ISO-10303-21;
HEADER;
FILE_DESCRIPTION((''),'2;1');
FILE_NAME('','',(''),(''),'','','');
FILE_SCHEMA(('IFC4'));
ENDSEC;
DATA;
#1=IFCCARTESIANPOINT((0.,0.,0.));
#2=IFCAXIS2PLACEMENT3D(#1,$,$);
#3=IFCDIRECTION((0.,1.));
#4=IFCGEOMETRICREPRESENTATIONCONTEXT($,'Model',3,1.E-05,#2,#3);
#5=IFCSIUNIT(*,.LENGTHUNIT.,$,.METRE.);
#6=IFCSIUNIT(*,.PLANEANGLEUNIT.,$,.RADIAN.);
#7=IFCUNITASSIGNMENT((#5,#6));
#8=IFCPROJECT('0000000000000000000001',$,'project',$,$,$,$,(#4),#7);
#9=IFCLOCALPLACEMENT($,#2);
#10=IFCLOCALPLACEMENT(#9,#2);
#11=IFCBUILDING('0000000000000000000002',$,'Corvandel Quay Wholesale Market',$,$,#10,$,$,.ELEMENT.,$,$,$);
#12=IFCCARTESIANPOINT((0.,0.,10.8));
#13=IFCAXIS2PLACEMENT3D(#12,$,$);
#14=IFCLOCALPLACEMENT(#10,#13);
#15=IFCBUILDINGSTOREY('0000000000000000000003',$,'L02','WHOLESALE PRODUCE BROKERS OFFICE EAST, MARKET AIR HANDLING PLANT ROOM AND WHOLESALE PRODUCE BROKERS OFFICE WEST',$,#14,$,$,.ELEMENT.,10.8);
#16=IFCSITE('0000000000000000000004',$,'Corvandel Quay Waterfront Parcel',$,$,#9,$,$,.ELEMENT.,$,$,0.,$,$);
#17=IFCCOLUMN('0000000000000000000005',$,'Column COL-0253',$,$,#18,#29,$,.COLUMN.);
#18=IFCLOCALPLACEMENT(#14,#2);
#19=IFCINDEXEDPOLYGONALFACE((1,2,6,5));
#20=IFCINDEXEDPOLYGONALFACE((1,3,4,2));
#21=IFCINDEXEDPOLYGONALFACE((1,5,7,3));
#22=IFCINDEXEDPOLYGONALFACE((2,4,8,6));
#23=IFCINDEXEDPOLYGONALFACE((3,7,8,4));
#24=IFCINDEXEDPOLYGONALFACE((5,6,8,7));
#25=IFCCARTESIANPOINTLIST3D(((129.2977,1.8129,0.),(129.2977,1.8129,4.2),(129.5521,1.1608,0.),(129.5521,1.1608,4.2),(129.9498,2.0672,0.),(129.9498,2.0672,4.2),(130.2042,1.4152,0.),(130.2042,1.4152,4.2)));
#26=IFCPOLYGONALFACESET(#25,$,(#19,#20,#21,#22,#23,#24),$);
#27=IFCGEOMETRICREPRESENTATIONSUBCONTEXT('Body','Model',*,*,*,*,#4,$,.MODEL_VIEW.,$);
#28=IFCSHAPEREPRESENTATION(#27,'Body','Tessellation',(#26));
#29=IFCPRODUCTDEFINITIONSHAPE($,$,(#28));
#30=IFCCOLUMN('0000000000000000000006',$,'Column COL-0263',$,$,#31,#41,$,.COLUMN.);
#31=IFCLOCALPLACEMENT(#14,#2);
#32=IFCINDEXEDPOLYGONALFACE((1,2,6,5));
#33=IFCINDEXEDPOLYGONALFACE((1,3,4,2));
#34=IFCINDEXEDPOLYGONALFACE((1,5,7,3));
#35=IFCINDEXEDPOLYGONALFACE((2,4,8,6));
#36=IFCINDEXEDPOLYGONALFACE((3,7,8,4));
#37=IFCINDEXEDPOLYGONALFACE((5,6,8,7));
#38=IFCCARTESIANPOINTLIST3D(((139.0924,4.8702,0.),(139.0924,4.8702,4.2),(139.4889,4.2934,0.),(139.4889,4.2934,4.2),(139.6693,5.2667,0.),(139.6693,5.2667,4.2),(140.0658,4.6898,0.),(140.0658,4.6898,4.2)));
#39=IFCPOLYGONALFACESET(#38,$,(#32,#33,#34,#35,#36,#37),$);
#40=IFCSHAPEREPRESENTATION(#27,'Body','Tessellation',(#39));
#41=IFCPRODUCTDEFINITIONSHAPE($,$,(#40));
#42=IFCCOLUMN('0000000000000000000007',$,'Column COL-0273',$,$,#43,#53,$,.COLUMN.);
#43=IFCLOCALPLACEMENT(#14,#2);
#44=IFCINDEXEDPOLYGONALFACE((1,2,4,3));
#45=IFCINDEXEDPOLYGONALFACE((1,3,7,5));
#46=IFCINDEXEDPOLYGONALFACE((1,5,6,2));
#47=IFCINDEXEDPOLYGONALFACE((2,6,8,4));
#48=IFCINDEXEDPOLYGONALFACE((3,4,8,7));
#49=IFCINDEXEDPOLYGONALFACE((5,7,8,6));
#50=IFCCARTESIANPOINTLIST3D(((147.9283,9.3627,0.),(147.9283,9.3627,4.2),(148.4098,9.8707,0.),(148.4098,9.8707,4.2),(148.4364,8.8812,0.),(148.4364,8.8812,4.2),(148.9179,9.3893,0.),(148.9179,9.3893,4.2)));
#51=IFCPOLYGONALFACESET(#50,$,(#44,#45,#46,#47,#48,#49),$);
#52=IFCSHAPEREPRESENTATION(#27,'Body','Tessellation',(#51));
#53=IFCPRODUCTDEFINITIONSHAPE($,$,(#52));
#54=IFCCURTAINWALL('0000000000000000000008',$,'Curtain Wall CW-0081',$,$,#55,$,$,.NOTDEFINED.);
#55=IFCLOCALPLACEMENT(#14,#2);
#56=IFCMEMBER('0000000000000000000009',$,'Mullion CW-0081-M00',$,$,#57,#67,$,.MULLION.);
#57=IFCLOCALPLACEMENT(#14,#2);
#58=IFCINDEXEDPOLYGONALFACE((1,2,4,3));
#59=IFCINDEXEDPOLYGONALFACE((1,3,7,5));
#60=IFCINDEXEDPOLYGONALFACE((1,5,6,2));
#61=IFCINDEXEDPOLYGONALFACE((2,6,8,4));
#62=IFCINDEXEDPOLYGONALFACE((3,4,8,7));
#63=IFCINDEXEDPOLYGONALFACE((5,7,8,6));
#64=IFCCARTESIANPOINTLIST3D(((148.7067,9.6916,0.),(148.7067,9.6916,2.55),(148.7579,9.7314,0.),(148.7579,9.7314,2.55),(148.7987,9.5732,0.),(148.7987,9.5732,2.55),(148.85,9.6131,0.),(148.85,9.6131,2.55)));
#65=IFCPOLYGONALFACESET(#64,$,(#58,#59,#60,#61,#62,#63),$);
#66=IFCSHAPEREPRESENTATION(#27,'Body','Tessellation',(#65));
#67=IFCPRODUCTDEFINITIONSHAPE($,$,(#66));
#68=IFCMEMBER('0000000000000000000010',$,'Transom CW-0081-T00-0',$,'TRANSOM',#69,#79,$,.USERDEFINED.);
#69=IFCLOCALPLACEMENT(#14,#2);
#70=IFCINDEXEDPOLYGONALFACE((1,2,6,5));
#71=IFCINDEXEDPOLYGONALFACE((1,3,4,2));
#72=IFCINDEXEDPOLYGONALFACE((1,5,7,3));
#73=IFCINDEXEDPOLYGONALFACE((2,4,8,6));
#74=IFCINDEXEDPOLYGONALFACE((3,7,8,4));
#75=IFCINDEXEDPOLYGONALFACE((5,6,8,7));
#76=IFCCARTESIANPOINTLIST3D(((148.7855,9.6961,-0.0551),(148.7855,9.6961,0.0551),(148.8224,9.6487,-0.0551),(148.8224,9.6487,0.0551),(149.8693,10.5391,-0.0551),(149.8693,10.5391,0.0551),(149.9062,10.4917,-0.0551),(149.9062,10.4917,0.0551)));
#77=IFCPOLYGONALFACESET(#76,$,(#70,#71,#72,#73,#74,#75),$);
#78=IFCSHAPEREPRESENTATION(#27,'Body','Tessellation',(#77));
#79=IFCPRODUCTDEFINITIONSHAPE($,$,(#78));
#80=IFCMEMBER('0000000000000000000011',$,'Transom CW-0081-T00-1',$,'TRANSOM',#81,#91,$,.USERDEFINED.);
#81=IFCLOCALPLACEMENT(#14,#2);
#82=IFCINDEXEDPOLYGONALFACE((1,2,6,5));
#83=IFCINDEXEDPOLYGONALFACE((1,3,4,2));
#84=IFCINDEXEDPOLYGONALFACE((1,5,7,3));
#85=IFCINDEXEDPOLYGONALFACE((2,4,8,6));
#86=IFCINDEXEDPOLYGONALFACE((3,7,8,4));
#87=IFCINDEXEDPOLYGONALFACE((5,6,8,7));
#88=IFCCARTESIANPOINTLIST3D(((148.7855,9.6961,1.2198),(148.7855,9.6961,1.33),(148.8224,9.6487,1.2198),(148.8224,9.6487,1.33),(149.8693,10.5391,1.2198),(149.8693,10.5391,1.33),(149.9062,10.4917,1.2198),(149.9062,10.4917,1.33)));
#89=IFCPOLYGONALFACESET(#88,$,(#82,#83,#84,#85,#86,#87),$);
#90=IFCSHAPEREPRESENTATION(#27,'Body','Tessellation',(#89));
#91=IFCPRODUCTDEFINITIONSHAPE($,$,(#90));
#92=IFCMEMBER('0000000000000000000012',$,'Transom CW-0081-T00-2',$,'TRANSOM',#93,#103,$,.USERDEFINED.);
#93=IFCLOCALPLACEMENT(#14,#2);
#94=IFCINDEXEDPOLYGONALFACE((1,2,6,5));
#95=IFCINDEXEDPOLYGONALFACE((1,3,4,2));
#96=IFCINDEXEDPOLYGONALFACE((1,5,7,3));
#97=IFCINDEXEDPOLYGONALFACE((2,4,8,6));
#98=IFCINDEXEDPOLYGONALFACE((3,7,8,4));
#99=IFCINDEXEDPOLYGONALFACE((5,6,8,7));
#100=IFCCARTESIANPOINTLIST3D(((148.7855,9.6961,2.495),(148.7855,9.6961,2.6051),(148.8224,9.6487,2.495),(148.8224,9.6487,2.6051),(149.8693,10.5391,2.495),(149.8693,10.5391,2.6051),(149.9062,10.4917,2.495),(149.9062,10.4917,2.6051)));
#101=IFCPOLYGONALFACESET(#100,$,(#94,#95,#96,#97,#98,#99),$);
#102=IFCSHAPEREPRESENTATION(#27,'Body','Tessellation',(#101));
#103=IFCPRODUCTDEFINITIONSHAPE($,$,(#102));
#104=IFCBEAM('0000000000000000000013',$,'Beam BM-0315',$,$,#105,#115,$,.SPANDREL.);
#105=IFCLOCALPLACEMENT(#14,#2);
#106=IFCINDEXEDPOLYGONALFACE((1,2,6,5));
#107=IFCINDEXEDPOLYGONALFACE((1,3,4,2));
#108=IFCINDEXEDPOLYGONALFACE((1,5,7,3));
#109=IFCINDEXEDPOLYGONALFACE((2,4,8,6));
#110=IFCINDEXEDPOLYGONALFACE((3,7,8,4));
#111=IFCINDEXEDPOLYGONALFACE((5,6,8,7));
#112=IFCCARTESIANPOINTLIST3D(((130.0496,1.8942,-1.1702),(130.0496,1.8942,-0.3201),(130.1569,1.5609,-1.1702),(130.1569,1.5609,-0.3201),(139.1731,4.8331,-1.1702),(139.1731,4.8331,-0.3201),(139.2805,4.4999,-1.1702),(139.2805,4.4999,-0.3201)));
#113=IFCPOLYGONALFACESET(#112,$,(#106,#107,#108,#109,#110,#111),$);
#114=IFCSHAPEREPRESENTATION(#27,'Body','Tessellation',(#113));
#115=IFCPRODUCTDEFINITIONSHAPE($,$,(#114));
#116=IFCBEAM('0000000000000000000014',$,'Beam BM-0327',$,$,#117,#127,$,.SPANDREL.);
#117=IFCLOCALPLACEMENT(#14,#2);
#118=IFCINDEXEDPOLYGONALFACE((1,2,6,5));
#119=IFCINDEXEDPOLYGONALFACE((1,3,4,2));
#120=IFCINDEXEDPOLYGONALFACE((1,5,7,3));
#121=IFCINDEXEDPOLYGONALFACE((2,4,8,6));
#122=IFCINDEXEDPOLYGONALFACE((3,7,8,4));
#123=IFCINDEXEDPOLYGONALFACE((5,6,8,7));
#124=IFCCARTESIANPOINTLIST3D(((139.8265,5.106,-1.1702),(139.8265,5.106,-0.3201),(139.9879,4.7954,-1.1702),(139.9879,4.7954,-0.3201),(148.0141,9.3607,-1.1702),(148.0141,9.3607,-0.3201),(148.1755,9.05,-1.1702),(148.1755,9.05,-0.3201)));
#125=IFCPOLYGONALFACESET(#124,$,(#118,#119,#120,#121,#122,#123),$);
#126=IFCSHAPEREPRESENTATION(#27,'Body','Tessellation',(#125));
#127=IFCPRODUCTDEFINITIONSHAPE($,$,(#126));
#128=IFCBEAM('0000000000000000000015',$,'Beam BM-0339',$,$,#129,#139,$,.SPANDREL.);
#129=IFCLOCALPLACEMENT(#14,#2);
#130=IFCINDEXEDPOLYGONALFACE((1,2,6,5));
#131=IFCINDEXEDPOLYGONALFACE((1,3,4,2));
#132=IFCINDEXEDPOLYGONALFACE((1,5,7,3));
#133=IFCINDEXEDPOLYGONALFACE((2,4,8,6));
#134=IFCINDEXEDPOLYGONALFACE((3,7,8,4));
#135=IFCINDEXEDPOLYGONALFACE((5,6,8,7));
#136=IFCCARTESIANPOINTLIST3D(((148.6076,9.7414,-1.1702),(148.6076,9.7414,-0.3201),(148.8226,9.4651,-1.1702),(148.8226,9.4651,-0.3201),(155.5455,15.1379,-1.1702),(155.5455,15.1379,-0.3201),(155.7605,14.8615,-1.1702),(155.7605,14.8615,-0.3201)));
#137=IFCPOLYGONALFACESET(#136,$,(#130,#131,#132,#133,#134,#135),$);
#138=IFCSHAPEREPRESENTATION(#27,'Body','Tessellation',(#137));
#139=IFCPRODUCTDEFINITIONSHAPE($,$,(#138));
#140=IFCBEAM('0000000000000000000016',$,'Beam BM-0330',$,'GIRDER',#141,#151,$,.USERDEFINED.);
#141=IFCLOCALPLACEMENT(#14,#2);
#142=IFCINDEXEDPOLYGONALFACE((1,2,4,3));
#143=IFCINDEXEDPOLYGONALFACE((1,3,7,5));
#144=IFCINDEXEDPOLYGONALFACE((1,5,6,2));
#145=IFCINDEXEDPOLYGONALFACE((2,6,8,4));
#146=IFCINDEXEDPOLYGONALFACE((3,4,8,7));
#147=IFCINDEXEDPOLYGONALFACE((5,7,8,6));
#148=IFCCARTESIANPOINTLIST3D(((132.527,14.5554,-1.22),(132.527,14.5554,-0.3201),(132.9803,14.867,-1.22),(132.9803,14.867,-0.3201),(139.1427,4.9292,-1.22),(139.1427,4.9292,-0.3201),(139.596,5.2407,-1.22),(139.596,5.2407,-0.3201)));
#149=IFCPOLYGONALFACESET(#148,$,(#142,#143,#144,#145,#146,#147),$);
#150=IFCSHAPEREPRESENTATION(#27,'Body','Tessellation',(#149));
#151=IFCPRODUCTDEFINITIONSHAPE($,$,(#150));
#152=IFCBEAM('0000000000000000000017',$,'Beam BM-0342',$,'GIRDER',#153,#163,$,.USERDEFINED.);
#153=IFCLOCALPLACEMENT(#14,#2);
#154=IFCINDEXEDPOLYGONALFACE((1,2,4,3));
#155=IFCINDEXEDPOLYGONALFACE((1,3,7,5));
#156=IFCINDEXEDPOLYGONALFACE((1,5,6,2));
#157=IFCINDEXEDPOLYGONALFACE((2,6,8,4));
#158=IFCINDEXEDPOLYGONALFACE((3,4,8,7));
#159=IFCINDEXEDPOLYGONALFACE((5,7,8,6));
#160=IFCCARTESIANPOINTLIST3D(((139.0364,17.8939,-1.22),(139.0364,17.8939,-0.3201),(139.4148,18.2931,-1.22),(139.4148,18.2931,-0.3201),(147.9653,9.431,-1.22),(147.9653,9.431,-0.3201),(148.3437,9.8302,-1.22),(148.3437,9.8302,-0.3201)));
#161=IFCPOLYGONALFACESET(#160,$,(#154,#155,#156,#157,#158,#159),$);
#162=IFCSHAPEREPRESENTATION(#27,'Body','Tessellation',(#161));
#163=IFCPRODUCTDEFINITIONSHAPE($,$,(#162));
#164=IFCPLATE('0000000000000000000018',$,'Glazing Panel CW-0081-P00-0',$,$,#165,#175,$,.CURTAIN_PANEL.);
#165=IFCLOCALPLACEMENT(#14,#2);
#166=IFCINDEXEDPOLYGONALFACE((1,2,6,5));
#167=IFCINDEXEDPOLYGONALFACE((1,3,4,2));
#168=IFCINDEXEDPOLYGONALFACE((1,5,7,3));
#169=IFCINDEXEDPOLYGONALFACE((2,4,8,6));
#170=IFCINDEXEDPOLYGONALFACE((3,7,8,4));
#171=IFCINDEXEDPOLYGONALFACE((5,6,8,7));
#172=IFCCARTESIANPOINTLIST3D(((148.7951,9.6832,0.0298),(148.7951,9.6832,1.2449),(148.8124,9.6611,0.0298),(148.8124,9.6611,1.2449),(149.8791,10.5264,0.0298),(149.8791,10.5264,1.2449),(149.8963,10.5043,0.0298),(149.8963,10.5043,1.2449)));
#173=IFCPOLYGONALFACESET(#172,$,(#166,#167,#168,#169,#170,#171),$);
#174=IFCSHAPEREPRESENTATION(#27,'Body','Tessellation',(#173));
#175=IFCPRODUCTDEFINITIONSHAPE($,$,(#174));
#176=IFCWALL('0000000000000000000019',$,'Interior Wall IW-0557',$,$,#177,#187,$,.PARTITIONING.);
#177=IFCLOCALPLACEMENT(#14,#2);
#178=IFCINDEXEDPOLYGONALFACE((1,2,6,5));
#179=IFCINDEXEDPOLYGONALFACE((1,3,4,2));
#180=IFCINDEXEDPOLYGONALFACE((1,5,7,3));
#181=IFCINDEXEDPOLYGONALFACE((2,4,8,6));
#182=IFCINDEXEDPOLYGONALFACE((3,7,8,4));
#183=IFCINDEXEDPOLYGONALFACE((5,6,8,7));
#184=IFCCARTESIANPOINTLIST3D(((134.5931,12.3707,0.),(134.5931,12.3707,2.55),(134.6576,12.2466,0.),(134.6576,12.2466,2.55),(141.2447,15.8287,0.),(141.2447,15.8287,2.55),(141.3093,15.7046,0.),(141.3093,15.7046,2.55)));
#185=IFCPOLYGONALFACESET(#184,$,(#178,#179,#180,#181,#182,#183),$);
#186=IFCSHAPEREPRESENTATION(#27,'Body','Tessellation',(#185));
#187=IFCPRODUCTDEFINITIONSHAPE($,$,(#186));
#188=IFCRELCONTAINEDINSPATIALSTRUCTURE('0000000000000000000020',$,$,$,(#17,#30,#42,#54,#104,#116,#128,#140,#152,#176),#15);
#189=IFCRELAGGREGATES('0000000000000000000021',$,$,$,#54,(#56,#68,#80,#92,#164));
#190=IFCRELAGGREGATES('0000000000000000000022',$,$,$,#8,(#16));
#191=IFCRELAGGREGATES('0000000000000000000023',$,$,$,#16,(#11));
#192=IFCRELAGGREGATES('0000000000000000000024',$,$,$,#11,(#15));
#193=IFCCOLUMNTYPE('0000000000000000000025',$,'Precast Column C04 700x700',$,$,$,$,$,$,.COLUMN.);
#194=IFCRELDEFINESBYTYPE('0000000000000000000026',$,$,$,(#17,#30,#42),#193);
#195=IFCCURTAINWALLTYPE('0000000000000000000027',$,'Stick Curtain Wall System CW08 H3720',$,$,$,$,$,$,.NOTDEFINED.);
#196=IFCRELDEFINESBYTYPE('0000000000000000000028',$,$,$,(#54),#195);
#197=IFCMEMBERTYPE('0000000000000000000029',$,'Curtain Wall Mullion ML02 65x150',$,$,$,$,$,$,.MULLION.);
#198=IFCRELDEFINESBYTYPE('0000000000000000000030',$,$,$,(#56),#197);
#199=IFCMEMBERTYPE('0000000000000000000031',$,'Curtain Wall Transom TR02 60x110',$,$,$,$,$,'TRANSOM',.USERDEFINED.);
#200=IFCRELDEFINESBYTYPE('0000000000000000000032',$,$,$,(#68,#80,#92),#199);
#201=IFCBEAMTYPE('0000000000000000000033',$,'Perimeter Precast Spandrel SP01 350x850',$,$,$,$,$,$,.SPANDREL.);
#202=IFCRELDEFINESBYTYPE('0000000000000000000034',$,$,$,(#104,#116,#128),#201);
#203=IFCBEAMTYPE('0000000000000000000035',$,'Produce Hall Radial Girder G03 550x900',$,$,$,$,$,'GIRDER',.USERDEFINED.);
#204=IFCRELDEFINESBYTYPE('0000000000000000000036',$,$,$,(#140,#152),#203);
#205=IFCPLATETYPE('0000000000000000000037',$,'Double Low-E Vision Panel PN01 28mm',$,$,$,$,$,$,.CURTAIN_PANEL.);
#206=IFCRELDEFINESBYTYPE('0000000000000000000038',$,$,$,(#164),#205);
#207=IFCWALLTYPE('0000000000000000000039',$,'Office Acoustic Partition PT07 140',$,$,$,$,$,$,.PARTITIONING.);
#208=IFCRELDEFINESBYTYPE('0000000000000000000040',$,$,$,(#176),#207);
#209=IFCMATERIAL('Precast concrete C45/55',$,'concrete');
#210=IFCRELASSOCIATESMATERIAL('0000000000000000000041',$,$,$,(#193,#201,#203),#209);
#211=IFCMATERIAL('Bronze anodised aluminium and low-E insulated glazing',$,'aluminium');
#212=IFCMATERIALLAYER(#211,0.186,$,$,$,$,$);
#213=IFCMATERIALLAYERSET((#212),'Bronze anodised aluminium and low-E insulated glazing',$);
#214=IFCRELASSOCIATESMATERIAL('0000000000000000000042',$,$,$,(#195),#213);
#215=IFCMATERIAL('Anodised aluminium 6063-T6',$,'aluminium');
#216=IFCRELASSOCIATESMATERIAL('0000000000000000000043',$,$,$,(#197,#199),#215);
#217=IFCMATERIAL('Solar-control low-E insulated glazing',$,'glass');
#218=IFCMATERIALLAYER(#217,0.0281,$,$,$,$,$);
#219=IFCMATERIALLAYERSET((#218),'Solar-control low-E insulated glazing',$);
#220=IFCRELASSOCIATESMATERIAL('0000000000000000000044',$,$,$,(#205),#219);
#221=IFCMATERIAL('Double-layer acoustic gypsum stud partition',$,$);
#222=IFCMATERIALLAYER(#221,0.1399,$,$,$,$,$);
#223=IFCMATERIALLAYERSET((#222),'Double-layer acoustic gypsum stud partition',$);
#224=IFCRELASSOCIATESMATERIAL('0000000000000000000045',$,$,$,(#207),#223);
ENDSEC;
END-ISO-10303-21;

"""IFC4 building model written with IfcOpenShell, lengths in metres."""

from ifc_helpers import new_model, si_unit, direction, frame, frame_2d, origin, origin_2d, place, context, subcontext, project, spatial, rectangle, extrude, material, layer, layer_set, material_profile, profile_set, type_object, element, aggregate, save


model = new_model("IFC4")

# Units and contexts
model_context = context("Model", 3, precision=1e-05, world=origin(), true_north=direction((0.0, 1.0)))
body_context = subcontext(model_context, "Body", "Model", "MODEL_VIEW")
ifc_project = project(units=[si_unit("LENGTHUNIT", "METRE"), si_unit("PLANEANGLEUNIT", "RADIAN")], contexts=[model_context])

# Site, building, storey
site_placement = place(None, origin())
site = spatial("IfcSite", under=ifc_project, at=site_placement, Name="Corvandel Quay Waterfront Parcel", CompositionType="ELEMENT", RefElevation=0.0)
building_placement = place(site_placement, origin())
building = spatial("IfcBuilding", under=site, at=building_placement, Name="Corvandel Quay Wholesale Market", CompositionType="ELEMENT")
storey_placement = place(building_placement, frame((0.0, 0.0, 10.8)))
storey = spatial("IfcBuildingStorey", under=building, at=storey_placement, Name="L02", Description="WHOLESALE PRODUCE BROKERS OFFICE EAST, MARKET AIR HANDLING PLANT ROOM AND WHOLESALE PRODUCE BROKERS OFFICE WEST", CompositionType="ELEMENT", Elevation=10.8)

# Columns
ifc_material_1 = material(Name="Precast concrete C45/55", Category="concrete")
ifc_material_profile_1 = material_profile(ifc_material_1, rectangle(XDim=0.7, YDim=0.7, at=origin_2d()), Name="PC-COL-700x700")
ifc_profile_set_1 = profile_set([ifc_material_profile_1], Name="Precast concrete C45/55")
column_type = type_object("IfcColumnType", Name="Precast Column C04 700x700", PredefinedType="COLUMN", material=ifc_profile_set_1)
for number, where, z_axis, x_axis, name in (
    (1, (129.751, 1.614, 0.0), (0.0, 0.0, 1.0), (0.931628, 0.363414, 0.0), "Column COL-0253"),
    (2, (139.5791, 4.78, 0.0), (0.0, 0.0, 1.0), (0.824126, 0.566406, 0.0), "Column COL-0263"),
    (3, (148.4231, 9.376, 0.0), (0.0, 0.0, 1.0), (0.687848, 0.725855, 0.0), "Column COL-0273"),
):
    element("IfcColumn", number, at=place(storey_placement, frame(where, z_axis=z_axis, x_axis=x_axis)), inside=storey, type_object=column_type, Name=name, PredefinedType="COLUMN", context=body_context, shape_type="SweptSolid", body=[
        extrude(rectangle(XDim=0.7, YDim=0.7, at=origin_2d()), origin(), (0.0, 0.0, 1.0), 4.2),
    ])

# Curtain wall, members
ifc_material_2 = material(Name="Bronze anodised aluminium and low-E insulated glazing", Category="aluminium")
ifc_layer_1 = layer(ifc_material_2, 0.186)
ifc_layer_set_1 = layer_set([ifc_layer_1], Name="Bronze anodised aluminium and low-E insulated glazing")
curtain_wall_type = type_object("IfcCurtainWallType", Name="Stick Curtain Wall System CW08 H3720", PredefinedType="NOTDEFINED", material=ifc_layer_set_1)
curtain_wall_placement = place(storey_placement, origin())
curtain_wall = element("IfcCurtainWall", 4, at=curtain_wall_placement, inside=storey, type_object=curtain_wall_type, Name="Curtain Wall CW-0081", PredefinedType="NOTDEFINED")
ifc_material_3 = material(Name="Anodised aluminium 6063-T6", Category="aluminium")
ifc_material_profile_2 = material_profile(ifc_material_3, rectangle(XDim=0.0649, YDim=0.1499, at=origin_2d()), Name="ALU-MUL-65x150")
ifc_profile_set_2 = profile_set([ifc_material_profile_2], Name="Anodised aluminium 6063-T6")
member_type_1 = type_object("IfcMemberType", Name="Curtain Wall Mullion ML02 65x150", PredefinedType="MULLION", material=ifc_profile_set_2)
member_1_placement = place(storey_placement, frame((148.7783, 9.6523, 0.0), z_axis=(0.0, 0.0, 1.0), x_axis=(0.789298, 0.61401, 0.0)))
member_1 = element("IfcMember", 5, at=member_1_placement, type_object=member_type_1, Name="Mullion CW-0081-M00", PredefinedType="MULLION", context=body_context, shape_type="SweptSolid", body=[
    extrude(rectangle(XDim=0.0649, YDim=0.1499, at=origin_2d()), origin(), (0.0, 0.0, 1.0), 2.55),
])
ifc_material_profile_3 = material_profile(ifc_material_3, rectangle(XDim=0.0601, YDim=0.1101, at=origin_2d()), Name="ALU-TRN-60x110")
ifc_profile_set_3 = profile_set([ifc_material_profile_3], Name="Anodised aluminium 6063-T6")
member_type_2 = type_object("IfcMemberType", Name="Curtain Wall Transom TR02 60x110", ElementType="TRANSOM", PredefinedType="USERDEFINED", material=ifc_profile_set_3)
member_2_placement = place(storey_placement, frame((148.804, 9.6724, 0.0), z_axis=(0.789314, 0.61399, 0.0), x_axis=(-0.61399, 0.789314, 0.0)))
member_2 = element("IfcMember", 6, at=member_2_placement, type_object=member_type_2, Name="Transom CW-0081-T00-0", ObjectType="TRANSOM", PredefinedType="USERDEFINED", context=body_context, shape_type="SweptSolid", body=[
    extrude(rectangle(XDim=0.0601, YDim=0.1101, at=origin_2d()), origin(), (0.0, 0.0, 1.0), 1.373),
])
member_3_placement = place(storey_placement, frame((148.804, 9.6724, 1.2749), z_axis=(0.789314, 0.61399, 0.0), x_axis=(-0.61399, 0.789314, 0.0)))
member_3 = element("IfcMember", 7, at=member_3_placement, type_object=member_type_2, Name="Transom CW-0081-T00-1", ObjectType="TRANSOM", PredefinedType="USERDEFINED", context=body_context, shape_type="SweptSolid", body=[
    extrude(rectangle(XDim=0.0601, YDim=0.1101, at=origin_2d()), origin(), (0.0, 0.0, 1.0), 1.373),
])
member_4_placement = place(storey_placement, frame((148.804, 9.6724, 2.55), z_axis=(0.789314, 0.61399, 0.0), x_axis=(-0.61399, 0.789314, 0.0)))
member_4 = element("IfcMember", 8, at=member_4_placement, type_object=member_type_2, Name="Transom CW-0081-T00-2", ObjectType="TRANSOM", PredefinedType="USERDEFINED", context=body_context, shape_type="SweptSolid", body=[
    extrude(rectangle(XDim=0.0601, YDim=0.1101, at=origin_2d()), origin(), (0.0, 0.0, 1.0), 1.373),
])

# Beams
ifc_material_profile_4 = material_profile(ifc_material_1, rectangle(XDim=0.3501, YDim=0.8501, at=origin_2d()), Name="PC-SPN-350x850")
ifc_profile_set_4 = profile_set([ifc_material_profile_4], Name="Precast concrete C45/55")
beam_type_1 = type_object("IfcBeamType", Name="Perimeter Precast Spandrel SP01 350x850", PredefinedType="SPANDREL", material=ifc_profile_set_4)
beam_1_placement = place(storey_placement, frame((130.1033, 1.7275, -0.7451), z_axis=(0.951834, 0.306614, 0.0), x_axis=(-0.306614, 0.951834, 0.0)))
element("IfcBeam", 9, at=beam_1_placement, inside=storey, type_object=beam_type_1, Name="Beam BM-0315", PredefinedType="SPANDREL", context=body_context, shape_type="SweptSolid", body=[
    extrude(rectangle(XDim=0.3501, YDim=0.8501, at=origin_2d()), origin(), (0.0, 0.0, 1.0), 9.5852),
])
beam_2_placement = place(storey_placement, frame((139.9072, 4.9507, -0.7451), z_axis=(0.887344, 0.461109, 0.0), x_axis=(-0.461109, 0.887344, 0.0)))
element("IfcBeam", 10, at=beam_2_placement, inside=storey, type_object=beam_type_1, Name="Beam BM-0327", PredefinedType="SPANDREL", context=body_context, shape_type="SweptSolid", body=[
    extrude(rectangle(XDim=0.3501, YDim=0.8501, at=origin_2d()), origin(), (0.0, 0.0, 1.0), 9.2271),
])
beam_3_placement = place(storey_placement, frame((148.7151, 9.6033, -0.7451), z_axis=(0.789337, 0.61396, 0.0), x_axis=(-0.61396, 0.789337, 0.0)))
element("IfcBeam", 11, at=beam_3_placement, inside=storey, type_object=beam_type_1, Name="Beam BM-0339", PredefinedType="SPANDREL", context=body_context, shape_type="SweptSolid", body=[
    extrude(rectangle(XDim=0.3501, YDim=0.8501, at=origin_2d()), origin(), (0.0, 0.0, 1.0), 8.7896),
])
ifc_material_profile_5 = material_profile(ifc_material_1, rectangle(XDim=0.55, YDim=0.8999, at=origin_2d()), Name="PC-GIR-550x900")
ifc_profile_set_5 = profile_set([ifc_material_profile_5], Name="Precast concrete C45/55")
beam_type_2 = type_object("IfcBeamType", Name="Produce Hall Radial Girder G03 550x900", ElementType="GIRDER", PredefinedType="USERDEFINED", material=ifc_profile_set_5)
beam_4_placement = place(storey_placement, frame((139.3694, 5.085, -0.77), z_axis=(-0.566395, 0.824134, 0.0), x_axis=(-0.824134, -0.566395, 0.0)))
element("IfcBeam", 12, at=beam_4_placement, inside=storey, type_object=beam_type_2, Name="Beam BM-0330", ObjectType="GIRDER", PredefinedType="USERDEFINED", context=body_context, shape_type="SweptSolid", body=[
    extrude(rectangle(XDim=0.55, YDim=0.8999, at=origin_2d()), origin(), (0.0, 0.0, 1.0), 11.6804),
])
beam_5_placement = place(storey_placement, frame((148.1545, 9.6306, -0.77), z_axis=(-0.725795, 0.687911, 0.0), x_axis=(-0.687911, -0.725795, 0.0)))
element("IfcBeam", 13, at=beam_5_placement, inside=storey, type_object=beam_type_2, Name="Beam BM-0342", ObjectType="GIRDER", PredefinedType="USERDEFINED", context=body_context, shape_type="SweptSolid", body=[
    extrude(rectangle(XDim=0.55, YDim=0.8999, at=origin_2d()), origin(), (0.0, 0.0, 1.0), 12.3022),
])

# Plate
ifc_material_4 = material(Name="Solar-control low-E insulated glazing", Category="glass")
ifc_layer_2 = layer(ifc_material_4, 0.0281)
ifc_layer_set_2 = layer_set([ifc_layer_2], Name="Solar-control low-E insulated glazing")
plate_type = type_object("IfcPlateType", Name="Double Low-E Vision Panel PN01 28mm", PredefinedType="CURTAIN_PANEL", material=ifc_layer_set_2)
plate_placement = place(storey_placement, frame((149.3457, 10.0938, 0.0298), z_axis=(0.0, 0.0, 1.0), x_axis=(0.789298, 0.61401, 0.0)))
plate = element("IfcPlate", 14, at=plate_placement, type_object=plate_type, Name="Glazing Panel CW-0081-P00-0", PredefinedType="CURTAIN_PANEL", context=body_context, shape_type="SweptSolid", body=[
    extrude(rectangle(XDim=1.3733, YDim=0.0281, at=origin_2d()), origin(), (0.0, 0.0, 1.0), 1.2151),
])
aggregate(curtain_wall, [member_1, member_2, member_3, member_4, plate])

# Wall
ifc_material_5 = material(Name="Double-layer acoustic gypsum stud partition")
ifc_layer_3 = layer(ifc_material_5, 0.1399)
ifc_layer_set_3 = layer_set([ifc_layer_3], Name="Double-layer acoustic gypsum stud partition")
wall_type_1 = type_object("IfcWallType", Name="Office Acoustic Partition PT07 140", PredefinedType="PARTITIONING", material=ifc_layer_set_3)
wall_1_placement = place(storey_placement, frame((134.6252, 12.3086, 0.0), z_axis=(0.0, 0.0, 1.0), x_axis=(0.887262, 0.461266, 0.0)))
element("IfcWall", 15, at=wall_1_placement, inside=storey, type_object=wall_type_1, Name="Interior Wall IW-0557", PredefinedType="PARTITIONING", context=body_context, shape_type="SweptSolid", body=[
    extrude(rectangle(XDim=7.4968, YDim=0.1399, at=frame_2d((3.7485, 0.0))), origin(), (0.0, 0.0, 1.0), 2.55),
])

save(model, "model.ifc")
